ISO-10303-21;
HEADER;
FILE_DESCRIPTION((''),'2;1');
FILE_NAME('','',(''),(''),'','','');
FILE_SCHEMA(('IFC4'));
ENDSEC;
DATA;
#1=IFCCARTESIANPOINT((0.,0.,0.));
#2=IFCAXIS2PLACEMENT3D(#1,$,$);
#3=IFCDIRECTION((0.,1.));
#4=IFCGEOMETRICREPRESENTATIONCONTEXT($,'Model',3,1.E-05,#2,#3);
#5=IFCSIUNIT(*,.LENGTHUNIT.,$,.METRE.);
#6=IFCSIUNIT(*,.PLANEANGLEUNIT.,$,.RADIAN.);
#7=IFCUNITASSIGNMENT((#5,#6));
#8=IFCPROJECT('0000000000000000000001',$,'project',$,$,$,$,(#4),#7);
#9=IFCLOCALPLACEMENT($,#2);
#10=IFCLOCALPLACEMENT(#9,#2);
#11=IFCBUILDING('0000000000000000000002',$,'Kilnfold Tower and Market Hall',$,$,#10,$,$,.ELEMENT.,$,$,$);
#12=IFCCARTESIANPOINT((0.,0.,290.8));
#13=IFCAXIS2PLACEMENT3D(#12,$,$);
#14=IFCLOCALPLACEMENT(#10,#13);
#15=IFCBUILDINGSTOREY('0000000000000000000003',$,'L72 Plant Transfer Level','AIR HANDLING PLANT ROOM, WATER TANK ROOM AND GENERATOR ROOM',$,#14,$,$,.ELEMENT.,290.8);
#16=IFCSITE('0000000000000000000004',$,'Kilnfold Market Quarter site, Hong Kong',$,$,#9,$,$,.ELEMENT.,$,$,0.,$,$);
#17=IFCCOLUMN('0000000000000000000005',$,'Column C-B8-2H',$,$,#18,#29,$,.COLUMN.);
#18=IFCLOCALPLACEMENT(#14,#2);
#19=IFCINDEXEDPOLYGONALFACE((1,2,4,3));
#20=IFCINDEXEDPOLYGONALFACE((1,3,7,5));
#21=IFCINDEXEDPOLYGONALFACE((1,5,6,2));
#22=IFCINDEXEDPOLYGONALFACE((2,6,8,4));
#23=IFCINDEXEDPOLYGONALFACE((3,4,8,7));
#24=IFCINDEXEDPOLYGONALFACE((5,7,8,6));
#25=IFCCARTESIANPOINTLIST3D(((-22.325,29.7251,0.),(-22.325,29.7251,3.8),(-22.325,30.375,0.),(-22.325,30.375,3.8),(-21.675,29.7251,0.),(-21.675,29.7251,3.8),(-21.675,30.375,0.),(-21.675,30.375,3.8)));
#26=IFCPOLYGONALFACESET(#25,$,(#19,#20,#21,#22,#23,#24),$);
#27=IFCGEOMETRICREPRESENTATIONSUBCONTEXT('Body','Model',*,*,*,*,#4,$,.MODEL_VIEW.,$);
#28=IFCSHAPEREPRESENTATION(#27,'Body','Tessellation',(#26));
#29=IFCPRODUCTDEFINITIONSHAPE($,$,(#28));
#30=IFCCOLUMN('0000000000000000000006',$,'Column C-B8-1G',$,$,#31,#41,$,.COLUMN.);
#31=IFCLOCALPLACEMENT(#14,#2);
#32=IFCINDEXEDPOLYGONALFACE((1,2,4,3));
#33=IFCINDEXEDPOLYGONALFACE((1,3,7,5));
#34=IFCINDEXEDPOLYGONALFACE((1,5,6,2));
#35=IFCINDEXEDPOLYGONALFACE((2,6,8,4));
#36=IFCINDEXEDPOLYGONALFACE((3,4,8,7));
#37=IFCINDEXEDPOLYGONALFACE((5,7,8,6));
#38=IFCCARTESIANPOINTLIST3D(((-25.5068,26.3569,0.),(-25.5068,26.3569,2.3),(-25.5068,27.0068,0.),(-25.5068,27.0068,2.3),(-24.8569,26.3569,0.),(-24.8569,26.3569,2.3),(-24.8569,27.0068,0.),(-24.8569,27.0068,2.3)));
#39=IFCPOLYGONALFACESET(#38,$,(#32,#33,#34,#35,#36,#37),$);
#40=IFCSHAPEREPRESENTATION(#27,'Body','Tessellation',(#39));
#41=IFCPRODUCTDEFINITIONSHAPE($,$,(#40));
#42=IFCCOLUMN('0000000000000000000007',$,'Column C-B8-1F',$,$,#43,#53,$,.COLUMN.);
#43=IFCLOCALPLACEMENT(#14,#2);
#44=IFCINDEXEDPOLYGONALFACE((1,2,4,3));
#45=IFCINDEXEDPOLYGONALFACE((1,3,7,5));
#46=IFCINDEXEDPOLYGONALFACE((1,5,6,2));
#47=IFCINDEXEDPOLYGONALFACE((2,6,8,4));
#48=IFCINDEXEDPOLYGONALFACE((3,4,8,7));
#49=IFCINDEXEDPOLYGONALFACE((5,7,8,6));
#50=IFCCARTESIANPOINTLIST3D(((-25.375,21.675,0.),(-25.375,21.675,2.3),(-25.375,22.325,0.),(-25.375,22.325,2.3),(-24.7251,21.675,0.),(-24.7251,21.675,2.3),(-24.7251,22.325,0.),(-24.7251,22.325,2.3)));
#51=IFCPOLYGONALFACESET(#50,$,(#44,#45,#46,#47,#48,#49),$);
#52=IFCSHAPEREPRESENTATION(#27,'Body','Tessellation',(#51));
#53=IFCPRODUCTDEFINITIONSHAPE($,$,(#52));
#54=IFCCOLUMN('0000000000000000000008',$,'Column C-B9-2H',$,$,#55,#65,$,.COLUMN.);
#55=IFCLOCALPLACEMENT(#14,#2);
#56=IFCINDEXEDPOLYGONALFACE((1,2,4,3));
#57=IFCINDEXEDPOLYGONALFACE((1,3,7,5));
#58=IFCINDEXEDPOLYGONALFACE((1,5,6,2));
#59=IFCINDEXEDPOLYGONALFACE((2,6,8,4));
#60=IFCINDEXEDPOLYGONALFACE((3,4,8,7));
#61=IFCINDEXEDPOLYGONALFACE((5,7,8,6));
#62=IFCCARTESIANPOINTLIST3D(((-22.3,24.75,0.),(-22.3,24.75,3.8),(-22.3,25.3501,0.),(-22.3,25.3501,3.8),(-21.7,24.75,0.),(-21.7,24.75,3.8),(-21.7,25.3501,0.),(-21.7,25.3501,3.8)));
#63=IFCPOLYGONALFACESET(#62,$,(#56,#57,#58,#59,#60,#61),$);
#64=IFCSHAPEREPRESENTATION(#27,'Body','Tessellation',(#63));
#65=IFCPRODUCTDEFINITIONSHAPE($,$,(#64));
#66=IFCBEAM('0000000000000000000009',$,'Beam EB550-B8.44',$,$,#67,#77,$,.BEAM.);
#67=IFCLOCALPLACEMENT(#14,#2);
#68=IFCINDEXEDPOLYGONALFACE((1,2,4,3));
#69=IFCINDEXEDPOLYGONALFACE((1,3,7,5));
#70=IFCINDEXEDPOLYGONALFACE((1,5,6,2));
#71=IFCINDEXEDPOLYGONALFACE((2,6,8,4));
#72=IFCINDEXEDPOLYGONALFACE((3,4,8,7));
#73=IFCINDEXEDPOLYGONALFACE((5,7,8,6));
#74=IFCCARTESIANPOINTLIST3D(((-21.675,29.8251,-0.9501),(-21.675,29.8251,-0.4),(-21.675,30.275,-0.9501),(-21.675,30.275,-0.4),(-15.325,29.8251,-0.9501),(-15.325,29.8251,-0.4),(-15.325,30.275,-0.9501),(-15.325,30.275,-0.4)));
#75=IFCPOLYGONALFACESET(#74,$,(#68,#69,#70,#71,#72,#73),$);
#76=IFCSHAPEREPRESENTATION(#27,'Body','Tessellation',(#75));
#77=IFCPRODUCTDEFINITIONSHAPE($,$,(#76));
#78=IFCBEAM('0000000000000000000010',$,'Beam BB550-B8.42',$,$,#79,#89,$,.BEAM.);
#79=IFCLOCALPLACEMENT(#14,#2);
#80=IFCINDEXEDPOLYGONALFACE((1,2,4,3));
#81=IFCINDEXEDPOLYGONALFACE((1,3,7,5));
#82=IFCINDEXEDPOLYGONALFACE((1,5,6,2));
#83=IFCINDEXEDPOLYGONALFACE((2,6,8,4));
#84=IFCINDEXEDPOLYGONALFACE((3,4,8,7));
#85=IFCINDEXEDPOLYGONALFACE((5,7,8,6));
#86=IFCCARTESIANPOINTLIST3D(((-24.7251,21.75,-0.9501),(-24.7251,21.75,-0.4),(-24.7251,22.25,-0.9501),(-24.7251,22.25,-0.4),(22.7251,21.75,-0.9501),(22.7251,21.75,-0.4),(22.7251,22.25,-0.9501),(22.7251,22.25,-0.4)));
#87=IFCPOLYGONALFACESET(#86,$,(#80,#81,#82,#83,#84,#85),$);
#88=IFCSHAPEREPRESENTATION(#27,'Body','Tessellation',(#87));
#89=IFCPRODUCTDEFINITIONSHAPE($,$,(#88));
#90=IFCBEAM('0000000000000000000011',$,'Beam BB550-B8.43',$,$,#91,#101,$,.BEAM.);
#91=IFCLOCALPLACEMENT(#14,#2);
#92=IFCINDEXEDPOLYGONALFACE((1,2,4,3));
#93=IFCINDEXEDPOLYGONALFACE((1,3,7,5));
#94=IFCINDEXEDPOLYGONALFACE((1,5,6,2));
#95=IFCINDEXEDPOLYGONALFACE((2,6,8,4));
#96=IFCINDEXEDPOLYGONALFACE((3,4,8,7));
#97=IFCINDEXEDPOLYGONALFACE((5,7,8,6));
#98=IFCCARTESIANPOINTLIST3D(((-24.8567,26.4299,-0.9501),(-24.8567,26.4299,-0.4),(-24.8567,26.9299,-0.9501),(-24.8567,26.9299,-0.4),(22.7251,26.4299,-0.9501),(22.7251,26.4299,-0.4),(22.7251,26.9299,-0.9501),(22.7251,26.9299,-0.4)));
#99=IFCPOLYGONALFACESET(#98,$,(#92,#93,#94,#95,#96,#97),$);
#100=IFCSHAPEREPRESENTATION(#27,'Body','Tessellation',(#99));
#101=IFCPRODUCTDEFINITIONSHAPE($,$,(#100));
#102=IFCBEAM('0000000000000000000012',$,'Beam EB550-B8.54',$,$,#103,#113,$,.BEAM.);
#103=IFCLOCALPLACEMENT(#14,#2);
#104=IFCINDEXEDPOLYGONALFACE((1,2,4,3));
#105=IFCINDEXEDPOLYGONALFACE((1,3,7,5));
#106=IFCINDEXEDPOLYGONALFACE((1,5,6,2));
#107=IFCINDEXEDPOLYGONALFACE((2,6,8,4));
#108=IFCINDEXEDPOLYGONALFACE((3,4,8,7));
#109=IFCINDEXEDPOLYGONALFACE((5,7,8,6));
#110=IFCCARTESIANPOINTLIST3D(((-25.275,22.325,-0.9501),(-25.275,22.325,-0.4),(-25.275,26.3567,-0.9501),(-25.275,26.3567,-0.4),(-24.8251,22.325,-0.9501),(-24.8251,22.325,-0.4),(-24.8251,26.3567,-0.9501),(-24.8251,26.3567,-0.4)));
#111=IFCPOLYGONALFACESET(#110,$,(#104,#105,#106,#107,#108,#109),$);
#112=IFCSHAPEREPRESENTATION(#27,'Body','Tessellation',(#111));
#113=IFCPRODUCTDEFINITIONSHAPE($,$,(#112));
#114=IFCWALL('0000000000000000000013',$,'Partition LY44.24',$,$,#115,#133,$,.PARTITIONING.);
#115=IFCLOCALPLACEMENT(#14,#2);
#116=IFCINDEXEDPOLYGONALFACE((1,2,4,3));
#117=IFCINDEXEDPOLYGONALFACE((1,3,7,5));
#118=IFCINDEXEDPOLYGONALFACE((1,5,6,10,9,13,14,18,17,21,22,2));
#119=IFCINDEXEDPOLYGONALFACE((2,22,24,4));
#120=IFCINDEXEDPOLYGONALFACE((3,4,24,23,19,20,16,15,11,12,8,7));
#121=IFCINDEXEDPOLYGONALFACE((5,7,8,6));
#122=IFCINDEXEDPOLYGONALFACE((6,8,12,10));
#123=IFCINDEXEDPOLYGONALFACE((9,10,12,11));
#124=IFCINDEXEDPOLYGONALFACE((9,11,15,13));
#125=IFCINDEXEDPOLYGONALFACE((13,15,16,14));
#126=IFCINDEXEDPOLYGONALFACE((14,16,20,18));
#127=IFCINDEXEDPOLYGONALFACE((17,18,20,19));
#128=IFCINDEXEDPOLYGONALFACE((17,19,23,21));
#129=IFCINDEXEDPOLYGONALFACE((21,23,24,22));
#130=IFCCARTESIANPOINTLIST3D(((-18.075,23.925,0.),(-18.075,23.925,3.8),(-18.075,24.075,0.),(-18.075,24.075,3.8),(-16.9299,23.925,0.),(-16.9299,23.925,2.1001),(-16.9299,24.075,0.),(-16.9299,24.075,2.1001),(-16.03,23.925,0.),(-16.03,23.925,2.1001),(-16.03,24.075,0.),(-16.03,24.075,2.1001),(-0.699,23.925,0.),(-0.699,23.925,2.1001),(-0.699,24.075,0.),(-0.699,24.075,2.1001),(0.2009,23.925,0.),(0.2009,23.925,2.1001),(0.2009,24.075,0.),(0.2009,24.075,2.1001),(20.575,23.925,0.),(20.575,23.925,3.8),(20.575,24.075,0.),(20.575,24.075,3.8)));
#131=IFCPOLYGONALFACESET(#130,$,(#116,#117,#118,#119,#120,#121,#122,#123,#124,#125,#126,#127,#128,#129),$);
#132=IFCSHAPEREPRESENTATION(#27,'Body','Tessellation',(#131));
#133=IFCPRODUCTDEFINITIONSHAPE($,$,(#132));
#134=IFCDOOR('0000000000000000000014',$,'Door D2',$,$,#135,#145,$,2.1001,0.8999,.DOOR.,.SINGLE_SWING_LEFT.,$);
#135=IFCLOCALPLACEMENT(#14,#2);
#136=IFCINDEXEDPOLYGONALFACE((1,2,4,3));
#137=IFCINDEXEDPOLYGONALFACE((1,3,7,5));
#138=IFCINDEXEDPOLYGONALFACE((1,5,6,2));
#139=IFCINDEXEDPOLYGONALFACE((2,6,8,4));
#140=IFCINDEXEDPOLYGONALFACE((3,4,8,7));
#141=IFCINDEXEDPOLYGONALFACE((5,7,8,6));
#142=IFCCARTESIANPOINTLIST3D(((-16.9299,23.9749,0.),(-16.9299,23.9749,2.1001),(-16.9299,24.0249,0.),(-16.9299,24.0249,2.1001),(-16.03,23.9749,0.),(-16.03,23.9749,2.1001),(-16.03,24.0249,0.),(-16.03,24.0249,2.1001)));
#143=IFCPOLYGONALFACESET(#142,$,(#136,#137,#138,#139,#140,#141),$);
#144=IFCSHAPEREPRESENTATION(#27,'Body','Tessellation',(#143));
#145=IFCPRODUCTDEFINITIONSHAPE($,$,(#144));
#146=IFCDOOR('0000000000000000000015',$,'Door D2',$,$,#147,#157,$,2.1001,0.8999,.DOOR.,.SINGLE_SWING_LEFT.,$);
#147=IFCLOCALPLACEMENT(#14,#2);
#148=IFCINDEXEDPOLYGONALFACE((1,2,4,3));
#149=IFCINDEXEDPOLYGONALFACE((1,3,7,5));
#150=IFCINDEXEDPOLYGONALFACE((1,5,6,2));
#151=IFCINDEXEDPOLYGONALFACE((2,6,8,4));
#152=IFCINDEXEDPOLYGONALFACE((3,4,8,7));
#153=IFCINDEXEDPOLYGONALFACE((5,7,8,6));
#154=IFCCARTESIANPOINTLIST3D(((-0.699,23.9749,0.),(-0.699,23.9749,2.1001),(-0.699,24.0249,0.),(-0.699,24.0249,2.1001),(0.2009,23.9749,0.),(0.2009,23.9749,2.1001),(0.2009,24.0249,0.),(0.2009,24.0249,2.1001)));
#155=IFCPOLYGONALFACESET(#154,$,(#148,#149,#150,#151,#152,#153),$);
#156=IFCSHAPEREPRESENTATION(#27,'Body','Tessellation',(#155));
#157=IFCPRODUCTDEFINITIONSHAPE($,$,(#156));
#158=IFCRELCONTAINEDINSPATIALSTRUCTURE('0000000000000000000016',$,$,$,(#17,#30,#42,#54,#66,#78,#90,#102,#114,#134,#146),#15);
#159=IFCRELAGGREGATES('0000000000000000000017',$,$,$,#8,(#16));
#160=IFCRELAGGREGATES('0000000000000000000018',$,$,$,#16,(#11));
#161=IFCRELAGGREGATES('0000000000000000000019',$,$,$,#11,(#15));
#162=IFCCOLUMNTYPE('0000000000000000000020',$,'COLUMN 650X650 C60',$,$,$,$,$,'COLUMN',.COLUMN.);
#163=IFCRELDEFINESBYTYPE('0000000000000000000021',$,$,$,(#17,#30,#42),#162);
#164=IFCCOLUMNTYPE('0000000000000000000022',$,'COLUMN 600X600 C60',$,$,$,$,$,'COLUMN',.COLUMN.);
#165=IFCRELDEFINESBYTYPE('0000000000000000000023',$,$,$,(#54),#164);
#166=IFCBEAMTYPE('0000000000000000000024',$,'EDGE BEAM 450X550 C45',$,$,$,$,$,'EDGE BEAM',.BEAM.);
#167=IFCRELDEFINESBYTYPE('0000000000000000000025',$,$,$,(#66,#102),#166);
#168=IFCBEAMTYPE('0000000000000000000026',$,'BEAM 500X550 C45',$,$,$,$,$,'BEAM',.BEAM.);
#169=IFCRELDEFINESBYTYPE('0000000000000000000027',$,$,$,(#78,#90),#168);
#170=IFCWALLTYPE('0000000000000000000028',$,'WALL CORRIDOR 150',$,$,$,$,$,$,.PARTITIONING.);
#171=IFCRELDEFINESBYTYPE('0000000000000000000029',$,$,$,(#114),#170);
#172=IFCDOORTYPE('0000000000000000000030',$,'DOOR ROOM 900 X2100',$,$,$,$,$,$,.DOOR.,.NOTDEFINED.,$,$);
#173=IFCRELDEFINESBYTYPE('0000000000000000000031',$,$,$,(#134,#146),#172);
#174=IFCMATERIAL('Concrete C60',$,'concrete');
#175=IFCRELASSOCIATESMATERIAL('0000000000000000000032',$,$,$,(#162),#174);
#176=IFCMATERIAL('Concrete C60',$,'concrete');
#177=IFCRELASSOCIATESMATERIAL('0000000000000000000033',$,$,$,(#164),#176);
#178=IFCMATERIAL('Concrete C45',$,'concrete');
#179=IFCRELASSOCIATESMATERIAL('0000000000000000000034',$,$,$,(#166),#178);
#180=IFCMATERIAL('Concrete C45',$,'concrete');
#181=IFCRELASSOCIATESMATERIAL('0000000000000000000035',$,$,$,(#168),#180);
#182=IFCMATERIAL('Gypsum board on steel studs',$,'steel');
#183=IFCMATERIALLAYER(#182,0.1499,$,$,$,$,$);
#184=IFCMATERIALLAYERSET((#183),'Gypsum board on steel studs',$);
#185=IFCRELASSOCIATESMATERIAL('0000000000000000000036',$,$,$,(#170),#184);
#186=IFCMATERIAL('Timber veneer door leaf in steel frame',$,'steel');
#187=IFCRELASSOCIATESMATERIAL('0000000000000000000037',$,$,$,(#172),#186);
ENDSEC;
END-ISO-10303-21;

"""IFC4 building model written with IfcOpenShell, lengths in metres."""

from ifc_helpers import new_model, si_unit, direction, frame, frame_2d, origin, origin_2d, place, context, subcontext, project, spatial, rectangle, extrude, source, transform, mapped, material, layer, layer_set, material_profile, profile_set, type_object, element, fill, save


model = new_model("IFC4")

# Units and contexts
model_context = context("Model", 3, precision=1e-05, world=origin(), true_north=direction((0.0, 1.0)))
body_context = subcontext(model_context, "Body", "Model", "MODEL_VIEW")
ifc_project = project(units=[si_unit("LENGTHUNIT", "METRE"), si_unit("PLANEANGLEUNIT", "RADIAN")], contexts=[model_context])

# Site, building, storey
site_placement = place(None, origin())
site = spatial("IfcSite", under=ifc_project, at=site_placement, Name="Kilnfold Market Quarter site, Hong Kong", CompositionType="ELEMENT", RefElevation=0.0)
building_placement = place(site_placement, origin())
building = spatial("IfcBuilding", under=site, at=building_placement, Name="Kilnfold Tower and Market Hall", CompositionType="ELEMENT")
storey_placement = place(building_placement, frame((0.0, 0.0, 290.8)))
storey = spatial("IfcBuildingStorey", under=building, at=storey_placement, Name="L72 Plant Transfer Level", Description="AIR HANDLING PLANT ROOM, WATER TANK ROOM AND GENERATOR ROOM", CompositionType="ELEMENT", Elevation=290.8)

# Columns
ifc_material_1 = material(Name="Concrete C60", Category="concrete")
ifc_material_profile_1 = material_profile(ifc_material_1, rectangle(XDim=0.6499, YDim=0.6499, at=origin_2d()), Name="RC 650x650")
ifc_profile_set_1 = profile_set([ifc_material_profile_1], Name="Concrete C60")
column_type_1 = type_object("IfcColumnType", Name="COLUMN 650X650 C60", ElementType="COLUMN", PredefinedType="COLUMN", material=ifc_profile_set_1)
shared_shape_1 = source(origin(), body_context, "Body", "SweptSolid", [
    extrude(rectangle(XDim=0.6499, YDim=0.6499, at=origin_2d()), origin(), (0.0, 0.0, 1.0), 3.8),
])
column_1_placement = place(storey_placement, frame((-22.0, 30.05, 0.0), z_axis=(0.0, 0.0, 1.0), x_axis=(1.0, 0.0, 0.0)))
element("IfcColumn", 1, at=column_1_placement, inside=storey, type_object=column_type_1, Name="Column C-B8-2H", PredefinedType="COLUMN", context=body_context, shape_type="MappedRepresentation", body=[
    mapped(shared_shape_1, transform((0.0, 0.0, 0.0))),
])
shared_shape_2 = source(origin(), body_context, "Body", "SweptSolid", [
    extrude(rectangle(XDim=0.6499, YDim=0.6499, at=origin_2d()), origin(), (0.0, 0.0, 1.0), 2.3),
])
for number, where, z_axis, x_axis, name in (
    (2, (-25.1819, 26.6819, 0.0), (0.0, 0.0, 1.0), (1.0, 0.0, 0.0), "Column C-B8-1G"),
    (3, (-25.05, 22.0, 0.0), (0.0, 0.0, 1.0), (1.0, 0.0, 0.0), "Column C-B8-1F"),
):
    element("IfcColumn", number, at=place(storey_placement, frame(where, z_axis=z_axis, x_axis=x_axis)), inside=storey, type_object=column_type_1, Name=name, PredefinedType="COLUMN", context=body_context, shape_type="MappedRepresentation", body=[
        mapped(shared_shape_2, transform((0.0, 0.0, 0.0))),
    ])
ifc_material_2 = material(Name="Concrete C60", Category="concrete")
ifc_material_profile_2 = material_profile(ifc_material_2, rectangle(XDim=0.6001, YDim=0.6001, at=origin_2d()), Name="RC 600x600")
ifc_profile_set_2 = profile_set([ifc_material_profile_2], Name="Concrete C60")
column_type_2 = type_object("IfcColumnType", Name="COLUMN 600X600 C60", ElementType="COLUMN", PredefinedType="COLUMN", material=ifc_profile_set_2)
shared_shape_3 = source(origin(), body_context, "Body", "SweptSolid", [
    extrude(rectangle(XDim=0.6001, YDim=0.6001, at=origin_2d()), origin(), (0.0, 0.0, 1.0), 3.8),
])
column_2_placement = place(storey_placement, frame((-22.0, 25.05, 0.0), z_axis=(0.0, 0.0, 1.0), x_axis=(1.0, 0.0, 0.0)))
element("IfcColumn", 4, at=column_2_placement, inside=storey, type_object=column_type_2, Name="Column C-B9-2H", PredefinedType="COLUMN", context=body_context, shape_type="MappedRepresentation", body=[
    mapped(shared_shape_3, transform((0.0, 0.0, 0.0))),
])

# Beams
ifc_material_3 = material(Name="Concrete C45", Category="concrete")
ifc_material_profile_3 = material_profile(ifc_material_3, rectangle(XDim=0.45, YDim=0.55, at=origin_2d()), Name="RC 450x550")
ifc_profile_set_3 = profile_set([ifc_material_profile_3], Name="Concrete C45")
beam_type_1 = type_object("IfcBeamType", Name="EDGE BEAM 450X550 C45", ElementType="EDGE BEAM", PredefinedType="BEAM", material=ifc_profile_set_3)
shared_shape_4 = source(origin(), body_context, "Body", "SweptSolid", [
    extrude(rectangle(XDim=0.45, YDim=0.55, at=origin_2d()), origin(), (0.0, 0.0, 1.0), 6.3501),
])
beam_1_placement = place(storey_placement, frame((-21.675, 30.05, -0.675), z_axis=(1.0, 0.0, 0.0), x_axis=(0.0, 1.0, 0.0)))
element("IfcBeam", 5, at=beam_1_placement, inside=storey, type_object=beam_type_1, Name="Beam EB550-B8.44", PredefinedType="BEAM", context=body_context, shape_type="MappedRepresentation", body=[
    mapped(shared_shape_4, transform((0.0, 0.0, 0.0))),
])
ifc_material_4 = material(Name="Concrete C45", Category="concrete")
ifc_material_profile_4 = material_profile(ifc_material_4, rectangle(XDim=0.5, YDim=0.55, at=origin_2d()), Name="RC 500x550")
ifc_profile_set_4 = profile_set([ifc_material_profile_4], Name="Concrete C45")
beam_type_2 = type_object("IfcBeamType", Name="BEAM 500X550 C45", ElementType="BEAM", PredefinedType="BEAM", material=ifc_profile_set_4)
shared_shape_5 = source(origin(), body_context, "Body", "SweptSolid", [
    extrude(rectangle(XDim=0.5, YDim=0.55, at=origin_2d()), origin(), (0.0, 0.0, 1.0), 47.4502),
])
beam_2_placement = place(storey_placement, frame((-24.7251, 22.0, -0.675), z_axis=(1.0, 0.0, 0.0), x_axis=(0.0, 1.0, 0.0)))
element("IfcBeam", 6, at=beam_2_placement, inside=storey, type_object=beam_type_2, Name="Beam BB550-B8.42", PredefinedType="BEAM", context=body_context, shape_type="MappedRepresentation", body=[
    mapped(shared_shape_5, transform((0.0, 0.0, 0.0))),
])
shared_shape_6 = source(origin(), body_context, "Body", "SweptSolid", [
    extrude(rectangle(XDim=0.5, YDim=0.55, at=origin_2d()), origin(), (0.0, 0.0, 1.0), 47.5818),
])
beam_3_placement = place(storey_placement, frame((-24.8567, 26.6799, -0.675), z_axis=(1.0, 0.0, 0.0), x_axis=(0.0, 1.0, 0.0)))
element("IfcBeam", 7, at=beam_3_placement, inside=storey, type_object=beam_type_2, Name="Beam BB550-B8.43", PredefinedType="BEAM", context=body_context, shape_type="MappedRepresentation", body=[
    mapped(shared_shape_6, transform((0.0, 0.0, 0.0))),
])
shared_shape_7 = source(origin(), body_context, "Body", "SweptSolid", [
    extrude(rectangle(XDim=0.45, YDim=0.55, at=origin_2d()), origin(), (0.0, 0.0, 1.0), 4.0317),
])
beam_4_placement = place(storey_placement, frame((-25.05, 22.325, -0.675), z_axis=(0.0, 1.0, 0.0), x_axis=(-1.0, 0.0, 0.0)))
element("IfcBeam", 8, at=beam_4_placement, inside=storey, type_object=beam_type_1, Name="Beam EB550-B8.54", PredefinedType="BEAM", context=body_context, shape_type="MappedRepresentation", body=[
    mapped(shared_shape_7, transform((0.0, 0.0, 0.0))),
])

# Wall, openings, doors
ifc_material_5 = material(Name="Gypsum board on steel studs", Category="steel")
ifc_layer_1 = layer(ifc_material_5, 0.1499)
ifc_layer_set_1 = layer_set([ifc_layer_1], Name="Gypsum board on steel studs")
wall_type_1 = type_object("IfcWallType", Name="WALL CORRIDOR 150", PredefinedType="PARTITIONING", material=ifc_layer_set_1)
wall_1_placement = place(storey_placement, frame((-18.075, 24.0, 0.0), z_axis=(0.0, 0.0, 1.0), x_axis=(1.0, 0.0, 0.0)))
wall_1 = element("IfcWall", 9, at=wall_1_placement, inside=storey, type_object=wall_type_1, Name="Partition LY44.24", PredefinedType="PARTITIONING", context=body_context, shape_type="SweptSolid", body=[
    extrude(rectangle(XDim=38.6499, YDim=0.1499, at=frame_2d((19.325, 0.0))), origin(), (0.0, 0.0, 1.0), 3.8),
])
opening_1_placement = place(wall_1_placement, frame((1.145, 0.0, 0.0)))
opening_1 = element("IfcOpeningElement", 10, at=opening_1_placement, cuts=wall_1, PredefinedType="OPENING", context=body_context, shape_type="SweptSolid", body=[
    extrude(rectangle(XDim=0.8999, YDim=2.1001, at=frame_2d((0.45, 1.05))), frame((0.0, 0.085, 0.0), z_axis=(0.0, -1.0, 0.0), x_axis=(1.0, 0.0, 0.0)), (0.0, 0.0, 1.0), 0.1699),
])
opening_2_placement = place(wall_1_placement, frame((17.376, 0.0, 0.0)))
opening_2 = element("IfcOpeningElement", 11, at=opening_2_placement, cuts=wall_1, PredefinedType="OPENING", context=body_context, shape_type="SweptSolid", body=[
    extrude(rectangle(XDim=0.8999, YDim=2.1001, at=frame_2d((0.45, 1.05))), frame((0.0, 0.085, 0.0), z_axis=(0.0, -1.0, 0.0), x_axis=(1.0, 0.0, 0.0)), (0.0, 0.0, 1.0), 0.1699),
])
ifc_material_6 = material(Name="Timber veneer door leaf in steel frame", Category="steel")
door_type = type_object("IfcDoorType", Name="DOOR ROOM 900 X2100", OperationType="NOTDEFINED", PredefinedType="DOOR", material=ifc_material_6)
door_1_placement = place(opening_1_placement, origin())
door_1 = element("IfcDoor", 12, at=door_1_placement, inside=storey, type_object=door_type, Name="Door D2", OperationType="SINGLE_SWING_LEFT", OverallHeight=2.1001, OverallWidth=0.8999, PredefinedType="DOOR", context=body_context, shape_type="SweptSolid", body=[
    extrude(rectangle(XDim=0.8999, YDim=2.1001, at=frame_2d((0.45, 1.05))), frame((0.0, 0.0249, 0.0), z_axis=(0.0, -1.0, 0.0), x_axis=(1.0, 0.0, 0.0)), (0.0, 0.0, 1.0), 0.05),
])
fill(opening_1, door_1)
door_2_placement = place(opening_2_placement, origin())
door_2 = element("IfcDoor", 13, at=door_2_placement, inside=storey, type_object=door_type, Name="Door D2", OperationType="SINGLE_SWING_LEFT", OverallHeight=2.1001, OverallWidth=0.8999, PredefinedType="DOOR", context=body_context, shape_type="SweptSolid", body=[
    extrude(rectangle(XDim=0.8999, YDim=2.1001, at=frame_2d((0.45, 1.05))), frame((0.0, 0.0249, 0.0), z_axis=(0.0, -1.0, 0.0), x_axis=(1.0, 0.0, 0.0)), (0.0, 0.0, 1.0), 0.05),
])
fill(opening_2, door_2)

save(model, "model.ifc")
